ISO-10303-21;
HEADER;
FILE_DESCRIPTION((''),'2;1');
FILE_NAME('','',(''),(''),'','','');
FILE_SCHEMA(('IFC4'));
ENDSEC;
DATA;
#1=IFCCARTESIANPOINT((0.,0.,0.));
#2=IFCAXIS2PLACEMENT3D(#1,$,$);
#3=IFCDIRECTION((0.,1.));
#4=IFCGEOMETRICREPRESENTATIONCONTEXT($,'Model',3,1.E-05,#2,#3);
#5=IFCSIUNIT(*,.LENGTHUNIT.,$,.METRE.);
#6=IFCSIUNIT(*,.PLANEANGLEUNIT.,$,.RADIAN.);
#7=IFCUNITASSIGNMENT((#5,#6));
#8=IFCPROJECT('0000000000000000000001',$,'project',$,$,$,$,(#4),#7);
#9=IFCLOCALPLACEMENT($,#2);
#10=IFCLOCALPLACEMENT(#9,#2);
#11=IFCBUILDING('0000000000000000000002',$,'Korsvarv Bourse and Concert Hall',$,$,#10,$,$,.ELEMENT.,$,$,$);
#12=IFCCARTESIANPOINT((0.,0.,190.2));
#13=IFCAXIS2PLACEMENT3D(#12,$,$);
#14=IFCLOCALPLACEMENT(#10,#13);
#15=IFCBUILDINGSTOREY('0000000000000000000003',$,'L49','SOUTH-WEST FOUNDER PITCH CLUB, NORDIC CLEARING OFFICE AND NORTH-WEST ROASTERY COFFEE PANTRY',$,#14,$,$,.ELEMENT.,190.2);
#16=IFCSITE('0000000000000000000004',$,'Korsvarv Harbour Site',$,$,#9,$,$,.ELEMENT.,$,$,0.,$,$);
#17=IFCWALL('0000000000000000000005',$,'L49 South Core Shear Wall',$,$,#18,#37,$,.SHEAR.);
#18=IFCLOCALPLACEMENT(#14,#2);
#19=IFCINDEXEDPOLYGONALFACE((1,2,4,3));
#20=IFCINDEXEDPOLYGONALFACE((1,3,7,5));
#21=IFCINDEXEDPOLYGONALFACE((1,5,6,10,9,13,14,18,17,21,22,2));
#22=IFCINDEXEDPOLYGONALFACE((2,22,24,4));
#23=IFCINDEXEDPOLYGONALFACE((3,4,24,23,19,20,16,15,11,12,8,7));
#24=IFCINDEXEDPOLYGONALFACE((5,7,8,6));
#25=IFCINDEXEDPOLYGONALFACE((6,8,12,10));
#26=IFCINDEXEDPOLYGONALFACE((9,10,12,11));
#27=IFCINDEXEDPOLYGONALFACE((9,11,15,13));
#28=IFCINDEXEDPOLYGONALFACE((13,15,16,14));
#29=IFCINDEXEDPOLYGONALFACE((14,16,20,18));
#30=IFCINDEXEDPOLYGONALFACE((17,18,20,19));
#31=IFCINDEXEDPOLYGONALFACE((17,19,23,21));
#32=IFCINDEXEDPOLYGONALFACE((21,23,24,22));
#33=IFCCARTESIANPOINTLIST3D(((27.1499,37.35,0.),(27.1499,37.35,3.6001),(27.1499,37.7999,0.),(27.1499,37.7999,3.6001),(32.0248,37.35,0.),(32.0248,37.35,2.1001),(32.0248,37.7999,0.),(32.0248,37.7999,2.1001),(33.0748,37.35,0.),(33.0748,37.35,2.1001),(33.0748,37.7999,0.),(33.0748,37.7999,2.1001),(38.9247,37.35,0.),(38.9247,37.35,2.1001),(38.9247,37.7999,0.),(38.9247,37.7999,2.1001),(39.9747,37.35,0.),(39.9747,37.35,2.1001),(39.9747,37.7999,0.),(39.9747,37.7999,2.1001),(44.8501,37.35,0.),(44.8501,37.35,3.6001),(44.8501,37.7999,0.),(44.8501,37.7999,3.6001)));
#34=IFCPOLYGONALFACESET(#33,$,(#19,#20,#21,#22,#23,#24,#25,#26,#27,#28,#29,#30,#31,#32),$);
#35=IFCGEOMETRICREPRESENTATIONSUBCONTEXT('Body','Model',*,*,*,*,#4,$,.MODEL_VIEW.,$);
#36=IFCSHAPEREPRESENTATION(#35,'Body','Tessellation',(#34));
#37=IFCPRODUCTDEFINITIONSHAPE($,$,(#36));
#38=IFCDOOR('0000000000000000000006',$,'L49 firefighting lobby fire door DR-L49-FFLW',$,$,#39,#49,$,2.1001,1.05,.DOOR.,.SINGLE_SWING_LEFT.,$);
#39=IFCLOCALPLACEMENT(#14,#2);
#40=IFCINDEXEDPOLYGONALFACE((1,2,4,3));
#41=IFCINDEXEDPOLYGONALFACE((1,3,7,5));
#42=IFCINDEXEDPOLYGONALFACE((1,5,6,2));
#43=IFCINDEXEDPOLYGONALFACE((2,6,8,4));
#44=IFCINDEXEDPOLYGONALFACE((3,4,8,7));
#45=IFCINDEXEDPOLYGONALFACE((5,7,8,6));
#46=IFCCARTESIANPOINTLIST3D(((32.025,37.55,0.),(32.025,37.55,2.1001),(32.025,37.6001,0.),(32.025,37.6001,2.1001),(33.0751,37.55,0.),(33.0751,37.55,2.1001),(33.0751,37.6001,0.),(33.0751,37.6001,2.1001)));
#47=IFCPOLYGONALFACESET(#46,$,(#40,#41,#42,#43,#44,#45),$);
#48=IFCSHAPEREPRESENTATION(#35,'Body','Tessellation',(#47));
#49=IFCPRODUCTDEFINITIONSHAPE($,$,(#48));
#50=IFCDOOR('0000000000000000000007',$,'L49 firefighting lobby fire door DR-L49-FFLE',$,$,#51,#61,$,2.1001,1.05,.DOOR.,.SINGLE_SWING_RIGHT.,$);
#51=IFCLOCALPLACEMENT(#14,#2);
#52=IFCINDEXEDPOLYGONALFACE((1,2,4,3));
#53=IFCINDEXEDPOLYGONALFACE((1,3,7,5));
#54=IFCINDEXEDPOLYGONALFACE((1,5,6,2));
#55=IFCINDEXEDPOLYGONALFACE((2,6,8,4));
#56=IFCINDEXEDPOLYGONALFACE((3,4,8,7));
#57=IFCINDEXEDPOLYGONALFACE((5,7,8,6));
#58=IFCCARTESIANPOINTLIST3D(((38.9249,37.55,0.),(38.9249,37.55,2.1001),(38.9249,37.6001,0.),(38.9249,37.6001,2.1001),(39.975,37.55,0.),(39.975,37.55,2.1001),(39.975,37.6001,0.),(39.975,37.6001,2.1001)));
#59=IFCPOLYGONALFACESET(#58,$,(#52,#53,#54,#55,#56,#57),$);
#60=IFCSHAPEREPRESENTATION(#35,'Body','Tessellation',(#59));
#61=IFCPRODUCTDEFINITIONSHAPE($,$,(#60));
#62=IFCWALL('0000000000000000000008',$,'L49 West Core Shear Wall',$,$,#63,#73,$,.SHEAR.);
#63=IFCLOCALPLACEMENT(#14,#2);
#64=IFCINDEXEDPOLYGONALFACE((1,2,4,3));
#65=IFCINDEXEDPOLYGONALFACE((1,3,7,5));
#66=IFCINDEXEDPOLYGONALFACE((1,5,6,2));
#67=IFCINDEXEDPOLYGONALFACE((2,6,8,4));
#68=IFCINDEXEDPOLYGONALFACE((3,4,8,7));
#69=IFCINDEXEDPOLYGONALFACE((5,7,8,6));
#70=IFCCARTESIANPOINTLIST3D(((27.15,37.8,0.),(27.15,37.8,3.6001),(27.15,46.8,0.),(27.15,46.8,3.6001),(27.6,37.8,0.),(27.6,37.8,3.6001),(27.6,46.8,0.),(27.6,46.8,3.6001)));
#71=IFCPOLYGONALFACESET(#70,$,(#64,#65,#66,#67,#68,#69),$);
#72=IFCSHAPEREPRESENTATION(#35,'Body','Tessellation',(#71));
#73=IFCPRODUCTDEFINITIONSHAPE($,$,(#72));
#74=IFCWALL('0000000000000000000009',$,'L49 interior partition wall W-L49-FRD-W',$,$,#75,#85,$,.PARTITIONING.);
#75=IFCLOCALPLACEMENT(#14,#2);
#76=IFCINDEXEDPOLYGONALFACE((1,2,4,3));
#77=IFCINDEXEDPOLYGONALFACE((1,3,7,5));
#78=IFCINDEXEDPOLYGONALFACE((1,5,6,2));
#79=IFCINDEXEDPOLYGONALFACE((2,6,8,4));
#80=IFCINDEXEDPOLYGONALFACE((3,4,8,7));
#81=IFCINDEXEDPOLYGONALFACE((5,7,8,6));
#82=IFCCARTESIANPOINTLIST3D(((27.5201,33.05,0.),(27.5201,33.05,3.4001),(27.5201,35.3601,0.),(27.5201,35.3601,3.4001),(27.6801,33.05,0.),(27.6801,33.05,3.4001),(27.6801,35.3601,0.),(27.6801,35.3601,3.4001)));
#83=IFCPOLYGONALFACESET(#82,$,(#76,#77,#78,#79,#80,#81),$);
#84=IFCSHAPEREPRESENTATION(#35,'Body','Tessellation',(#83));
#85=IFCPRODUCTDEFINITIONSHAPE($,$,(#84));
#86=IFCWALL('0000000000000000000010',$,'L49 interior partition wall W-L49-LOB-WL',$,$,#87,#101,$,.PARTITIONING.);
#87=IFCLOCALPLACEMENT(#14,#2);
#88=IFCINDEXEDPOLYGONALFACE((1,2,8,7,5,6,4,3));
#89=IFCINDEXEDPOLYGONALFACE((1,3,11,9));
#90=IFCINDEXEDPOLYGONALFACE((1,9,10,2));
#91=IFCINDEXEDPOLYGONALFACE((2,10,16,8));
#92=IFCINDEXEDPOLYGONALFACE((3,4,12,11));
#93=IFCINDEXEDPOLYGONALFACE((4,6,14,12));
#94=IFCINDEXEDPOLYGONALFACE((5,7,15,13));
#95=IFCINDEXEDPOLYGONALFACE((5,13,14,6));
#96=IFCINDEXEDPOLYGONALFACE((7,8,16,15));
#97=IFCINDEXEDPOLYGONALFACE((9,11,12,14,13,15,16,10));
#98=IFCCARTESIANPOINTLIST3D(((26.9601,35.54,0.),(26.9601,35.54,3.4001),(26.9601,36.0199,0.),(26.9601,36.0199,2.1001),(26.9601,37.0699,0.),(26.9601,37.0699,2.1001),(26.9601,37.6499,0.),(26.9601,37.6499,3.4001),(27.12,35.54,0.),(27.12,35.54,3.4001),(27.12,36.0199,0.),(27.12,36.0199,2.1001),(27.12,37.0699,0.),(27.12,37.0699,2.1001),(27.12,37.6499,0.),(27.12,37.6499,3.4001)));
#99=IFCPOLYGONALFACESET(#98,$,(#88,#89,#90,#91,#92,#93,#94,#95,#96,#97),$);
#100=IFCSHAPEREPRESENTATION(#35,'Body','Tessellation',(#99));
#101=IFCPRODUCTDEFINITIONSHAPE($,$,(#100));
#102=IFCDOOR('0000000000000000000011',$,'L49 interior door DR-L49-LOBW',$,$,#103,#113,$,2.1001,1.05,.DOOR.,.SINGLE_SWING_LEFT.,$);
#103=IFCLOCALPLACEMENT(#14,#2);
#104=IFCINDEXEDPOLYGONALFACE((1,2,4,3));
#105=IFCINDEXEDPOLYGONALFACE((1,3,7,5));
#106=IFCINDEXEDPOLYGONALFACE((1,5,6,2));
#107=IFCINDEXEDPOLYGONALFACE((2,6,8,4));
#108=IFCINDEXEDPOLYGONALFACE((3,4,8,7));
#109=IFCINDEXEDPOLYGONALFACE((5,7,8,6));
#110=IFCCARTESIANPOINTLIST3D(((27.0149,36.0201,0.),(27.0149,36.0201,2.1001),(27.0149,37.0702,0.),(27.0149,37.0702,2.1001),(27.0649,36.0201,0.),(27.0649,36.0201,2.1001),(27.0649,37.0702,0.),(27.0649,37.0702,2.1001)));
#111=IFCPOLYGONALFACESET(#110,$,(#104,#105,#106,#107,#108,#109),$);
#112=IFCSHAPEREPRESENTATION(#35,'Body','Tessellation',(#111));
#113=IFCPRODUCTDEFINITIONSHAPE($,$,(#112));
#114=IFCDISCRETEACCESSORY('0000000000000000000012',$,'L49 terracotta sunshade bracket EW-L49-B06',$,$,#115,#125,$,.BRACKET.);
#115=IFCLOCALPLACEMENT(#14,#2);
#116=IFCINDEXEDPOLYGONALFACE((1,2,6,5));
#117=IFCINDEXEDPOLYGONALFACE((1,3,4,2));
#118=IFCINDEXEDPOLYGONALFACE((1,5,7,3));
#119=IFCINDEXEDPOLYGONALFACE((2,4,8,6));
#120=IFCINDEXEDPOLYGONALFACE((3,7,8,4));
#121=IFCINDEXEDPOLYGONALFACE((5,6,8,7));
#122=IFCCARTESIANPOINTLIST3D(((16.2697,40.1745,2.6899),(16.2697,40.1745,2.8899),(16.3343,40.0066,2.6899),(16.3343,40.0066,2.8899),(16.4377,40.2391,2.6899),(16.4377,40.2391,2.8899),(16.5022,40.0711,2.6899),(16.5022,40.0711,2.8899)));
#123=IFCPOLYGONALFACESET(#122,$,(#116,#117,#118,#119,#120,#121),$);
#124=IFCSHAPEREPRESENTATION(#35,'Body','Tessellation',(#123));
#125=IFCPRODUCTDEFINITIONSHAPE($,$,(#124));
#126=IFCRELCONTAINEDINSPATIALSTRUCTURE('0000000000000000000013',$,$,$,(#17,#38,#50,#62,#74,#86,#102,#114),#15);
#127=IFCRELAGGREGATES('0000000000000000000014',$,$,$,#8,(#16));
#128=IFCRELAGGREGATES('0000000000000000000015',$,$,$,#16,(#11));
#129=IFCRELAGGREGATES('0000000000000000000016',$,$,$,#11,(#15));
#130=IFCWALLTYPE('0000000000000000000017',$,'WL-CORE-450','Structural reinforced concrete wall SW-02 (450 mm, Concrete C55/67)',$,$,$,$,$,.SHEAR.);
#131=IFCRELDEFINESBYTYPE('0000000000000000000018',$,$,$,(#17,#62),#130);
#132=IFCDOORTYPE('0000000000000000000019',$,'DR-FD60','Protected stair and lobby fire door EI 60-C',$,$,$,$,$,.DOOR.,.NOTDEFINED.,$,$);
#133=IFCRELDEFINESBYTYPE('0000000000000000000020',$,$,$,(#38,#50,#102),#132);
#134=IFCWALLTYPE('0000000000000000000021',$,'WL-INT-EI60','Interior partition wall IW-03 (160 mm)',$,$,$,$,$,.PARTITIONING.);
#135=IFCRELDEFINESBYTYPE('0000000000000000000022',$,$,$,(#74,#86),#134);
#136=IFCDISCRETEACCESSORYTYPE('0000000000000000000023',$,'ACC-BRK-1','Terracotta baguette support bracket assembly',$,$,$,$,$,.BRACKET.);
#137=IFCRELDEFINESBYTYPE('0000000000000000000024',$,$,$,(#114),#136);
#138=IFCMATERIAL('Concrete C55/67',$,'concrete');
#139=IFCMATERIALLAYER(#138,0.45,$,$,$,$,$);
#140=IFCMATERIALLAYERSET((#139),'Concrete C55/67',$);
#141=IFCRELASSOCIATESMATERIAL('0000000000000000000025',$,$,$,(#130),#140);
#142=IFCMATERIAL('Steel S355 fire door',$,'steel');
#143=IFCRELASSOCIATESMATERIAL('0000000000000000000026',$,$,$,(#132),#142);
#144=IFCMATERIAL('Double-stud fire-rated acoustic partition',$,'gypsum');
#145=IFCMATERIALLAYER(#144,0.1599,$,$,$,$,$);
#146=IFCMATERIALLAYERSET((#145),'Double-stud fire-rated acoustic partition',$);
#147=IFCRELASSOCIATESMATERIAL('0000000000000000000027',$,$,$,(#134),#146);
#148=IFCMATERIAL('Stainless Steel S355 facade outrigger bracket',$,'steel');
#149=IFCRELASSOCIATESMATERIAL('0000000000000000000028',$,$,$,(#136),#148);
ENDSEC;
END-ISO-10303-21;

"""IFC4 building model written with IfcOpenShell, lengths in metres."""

from ifc_helpers import new_model, si_unit, direction, frame, frame_2d, origin, origin_2d, place, context, subcontext, project, spatial, rectangle, extrude, source, transform, mapped, material, layer, layer_set, type_object, element, fill, save


model = new_model("IFC4")

# Units and contexts
model_context = context("Model", 3, precision=1e-05, world=origin(), true_north=direction((0.0, 1.0)))
body_context = subcontext(model_context, "Body", "Model", "MODEL_VIEW")
ifc_project = project(units=[si_unit("LENGTHUNIT", "METRE"), si_unit("PLANEANGLEUNIT", "RADIAN")], contexts=[model_context])

# Site, building, storey
site_placement = place(None, origin())
site = spatial("IfcSite", under=ifc_project, at=site_placement, Name="Korsvarv Harbour Site", CompositionType="ELEMENT", RefElevation=0.0)
building_placement = place(site_placement, origin())
building = spatial("IfcBuilding", under=site, at=building_placement, Name="Korsvarv Bourse and Concert Hall", CompositionType="ELEMENT")
storey_placement = place(building_placement, frame((0.0, 0.0, 190.2)))
storey = spatial("IfcBuildingStorey", under=building, at=storey_placement, Name="L49", Description="SOUTH-WEST FOUNDER PITCH CLUB, NORDIC CLEARING OFFICE AND NORTH-WEST ROASTERY COFFEE PANTRY", CompositionType="ELEMENT", Elevation=190.2)

# Shared definitions
ifc_material_1 = material(Name="Concrete C55/67", Category="concrete")

# Wall, openings, doors
ifc_layer_1 = layer(ifc_material_1, 0.45)
ifc_layer_set_1 = layer_set([ifc_layer_1], Name="Concrete C55/67")
wall_type_1 = type_object("IfcWallType", Name="WL-CORE-450", Description="Structural reinforced concrete wall SW-02 (450 mm, Concrete C55/67)", PredefinedType="SHEAR", material=ifc_layer_set_1)
wall_1_placement = place(storey_placement, frame((27.1499, 37.575, 0.0), z_axis=(0.0, 0.0, 1.0), x_axis=(1.0, 0.0, 0.0)))
wall_1 = element("IfcWall", 1, at=wall_1_placement, inside=storey, type_object=wall_type_1, Name="L49 South Core Shear Wall", PredefinedType="SHEAR", context=body_context, shape_type="SweptSolid", body=[
    extrude(rectangle(XDim=17.7002, YDim=0.45, at=frame_2d((8.8501, 0.0))), origin(), (0.0, 0.0, 1.0), 3.6001),
])
opening_1_placement = place(wall_1_placement, frame((4.875, 0.0, 0.0)))
opening_1 = element("IfcOpeningElement", 2, at=opening_1_placement, cuts=wall_1, PredefinedType="OPENING", context=body_context, shape_type="SweptSolid", body=[
    extrude(rectangle(XDim=1.05, YDim=2.1001, at=frame_2d((0.5249, 1.05))), frame((0.0, 0.2349, 0.0), z_axis=(0.0, -1.0, 0.0), x_axis=(1.0, 0.0, 0.0)), (0.0, 0.0, 1.0), 0.47),
])
opening_2_placement = place(wall_1_placement, frame((11.7749, 0.0, 0.0)))
opening_2 = element("IfcOpeningElement", 3, at=opening_2_placement, cuts=wall_1, PredefinedType="OPENING", context=body_context, shape_type="SweptSolid", body=[
    extrude(rectangle(XDim=1.05, YDim=2.1001, at=frame_2d((0.5249, 1.05))), frame((0.0, 0.2349, 0.0), z_axis=(0.0, -1.0, 0.0), x_axis=(1.0, 0.0, 0.0)), (0.0, 0.0, 1.0), 0.47),
])
ifc_material_2 = material(Name="Steel S355 fire door", Category="steel")
door_type = type_object("IfcDoorType", Name="DR-FD60", Description="Protected stair and lobby fire door EI 60-C", OperationType="NOTDEFINED", PredefinedType="DOOR", material=ifc_material_2)
door_1_placement = place(opening_1_placement, frame((1.05, 0.0, 0.0), z_axis=(0.0, 0.0, 1.0), x_axis=(-1.0, 0.0, 0.0)))
door_1 = element("IfcDoor", 4, at=door_1_placement, inside=storey, type_object=door_type, Name="L49 firefighting lobby fire door DR-L49-FFLW", OperationType="SINGLE_SWING_LEFT", OverallHeight=2.1001, OverallWidth=1.05, PredefinedType="DOOR", context=body_context, shape_type="SweptSolid", body=[
    extrude(rectangle(XDim=1.05, YDim=2.1001, at=frame_2d((0.5249, 1.05))), frame((0.0, 0.0249, 0.0), z_axis=(0.0, -1.0, 0.0), x_axis=(1.0, 0.0, 0.0)), (0.0, 0.0, 1.0), 0.05),
])
fill(opening_1, door_1)
door_2_placement = place(opening_2_placement, frame((1.05, 0.0, 0.0), z_axis=(0.0, 0.0, 1.0), x_axis=(-1.0, 0.0, 0.0)))
door_2 = element("IfcDoor", 5, at=door_2_placement, inside=storey, type_object=door_type, Name="L49 firefighting lobby fire door DR-L49-FFLE", OperationType="SINGLE_SWING_RIGHT", OverallHeight=2.1001, OverallWidth=1.05, PredefinedType="DOOR", context=body_context, shape_type="SweptSolid", body=[
    extrude(rectangle(XDim=1.05, YDim=2.1001, at=frame_2d((0.5249, 1.05))), frame((0.0, 0.0249, 0.0), z_axis=(0.0, -1.0, 0.0), x_axis=(1.0, 0.0, 0.0)), (0.0, 0.0, 1.0), 0.05),
])
fill(opening_2, door_2)

# Walls
wall_2_placement = place(storey_placement, frame((27.375, 37.8, 0.0), z_axis=(0.0, 0.0, 1.0), x_axis=(0.0, 1.0, 0.0)))
element("IfcWall", 6, at=wall_2_placement, inside=storey, type_object=wall_type_1, Name="L49 West Core Shear Wall", PredefinedType="SHEAR", context=body_context, shape_type="SweptSolid", body=[
    extrude(rectangle(XDim=9.0, YDim=0.45, at=frame_2d((4.5, 0.0))), origin(), (0.0, 0.0, 1.0), 3.6001),
])
ifc_material_3 = material(Name="Double-stud fire-rated acoustic partition", Category="gypsum")
ifc_layer_2 = layer(ifc_material_3, 0.1599)
ifc_layer_set_2 = layer_set([ifc_layer_2], Name="Double-stud fire-rated acoustic partition")
wall_type_2 = type_object("IfcWallType", Name="WL-INT-EI60", Description="Interior partition wall IW-03 (160 mm)", PredefinedType="PARTITIONING", material=ifc_layer_set_2)
wall_3_placement = place(storey_placement, frame((27.6001, 33.05, 0.0), z_axis=(0.0, 0.0, 1.0), x_axis=(0.0, 1.0, 0.0)))
element("IfcWall", 7, at=wall_3_placement, inside=storey, type_object=wall_type_2, Name="L49 interior partition wall W-L49-FRD-W", PredefinedType="PARTITIONING", context=body_context, shape_type="SweptSolid", body=[
    extrude(rectangle(XDim=2.3101, YDim=0.1599, at=frame_2d((1.155, 0.0))), origin(), (0.0, 0.0, 1.0), 3.4001),
])

# Wall, opening, door
wall_4_placement = place(storey_placement, frame((27.04, 35.54, 0.0), z_axis=(0.0, 0.0, 1.0), x_axis=(0.0, 1.0, 0.0)))
wall_4 = element("IfcWall", 8, at=wall_4_placement, inside=storey, type_object=wall_type_2, Name="L49 interior partition wall W-L49-LOB-WL", PredefinedType="PARTITIONING", context=body_context, shape_type="SweptSolid", body=[
    extrude(rectangle(XDim=2.1099, YDim=0.1599, at=frame_2d((1.0549, 0.0))), origin(), (0.0, 0.0, 1.0), 3.4001),
])
opening_3_placement = place(wall_4_placement, frame((0.48, 0.0, 0.0)))
opening_3 = element("IfcOpeningElement", 9, at=opening_3_placement, cuts=wall_4, PredefinedType="OPENING", context=body_context, shape_type="SweptSolid", body=[
    extrude(rectangle(XDim=1.05, YDim=2.1001, at=frame_2d((0.5249, 1.05))), frame((0.0, 0.0898, 0.0), z_axis=(0.0, -1.0, 0.0), x_axis=(1.0, 0.0, 0.0)), (0.0, 0.0, 1.0), 0.1799),
])
door_3_placement = place(opening_3_placement, frame((1.05, 0.0, 0.0), z_axis=(0.0, 0.0, 1.0), x_axis=(-1.0, 0.0, 0.0)))
door_3 = element("IfcDoor", 10, at=door_3_placement, inside=storey, type_object=door_type, Name="L49 interior door DR-L49-LOBW", OperationType="SINGLE_SWING_LEFT", OverallHeight=2.1001, OverallWidth=1.05, PredefinedType="DOOR", context=body_context, shape_type="SweptSolid", body=[
    extrude(rectangle(XDim=1.05, YDim=2.1001, at=frame_2d((0.5249, 1.05))), frame((0.0, 0.0249, 0.0), z_axis=(0.0, -1.0, 0.0), x_axis=(1.0, 0.0, 0.0)), (0.0, 0.0, 1.0), 0.05),
])
fill(opening_3, door_3)

# Discrete accessory
ifc_material_4 = material(Name="Stainless Steel S355 facade outrigger bracket", Category="steel")
discrete_accessory_type = type_object("IfcDiscreteAccessoryType", Name="ACC-BRK-1", Description="Terracotta baguette support bracket assembly", PredefinedType="BRACKET", material=ifc_material_4)
shared_shape_1 = source(origin(), body_context, "Body", "SweptSolid", [
    extrude(rectangle(XDim=0.1799, YDim=0.1799, at=origin_2d()), origin(), (0.0, 0.0, 1.0), 0.2),
])
discrete_accessory_placement = place(storey_placement, frame((16.386, 40.1228, 2.6899), z_axis=(0.0, 0.0, 1.0), x_axis=(0.358694, -0.933455, 0.0)))
element("IfcDiscreteAccessory", 11, at=discrete_accessory_placement, inside=storey, type_object=discrete_accessory_type, Name="L49 terracotta sunshade bracket EW-L49-B06", PredefinedType="BRACKET", context=body_context, shape_type="MappedRepresentation", body=[
    mapped(shared_shape_1, transform((0.0, 0.0, 0.0), scale=1.0)),
])

save(model, "model.ifc")
